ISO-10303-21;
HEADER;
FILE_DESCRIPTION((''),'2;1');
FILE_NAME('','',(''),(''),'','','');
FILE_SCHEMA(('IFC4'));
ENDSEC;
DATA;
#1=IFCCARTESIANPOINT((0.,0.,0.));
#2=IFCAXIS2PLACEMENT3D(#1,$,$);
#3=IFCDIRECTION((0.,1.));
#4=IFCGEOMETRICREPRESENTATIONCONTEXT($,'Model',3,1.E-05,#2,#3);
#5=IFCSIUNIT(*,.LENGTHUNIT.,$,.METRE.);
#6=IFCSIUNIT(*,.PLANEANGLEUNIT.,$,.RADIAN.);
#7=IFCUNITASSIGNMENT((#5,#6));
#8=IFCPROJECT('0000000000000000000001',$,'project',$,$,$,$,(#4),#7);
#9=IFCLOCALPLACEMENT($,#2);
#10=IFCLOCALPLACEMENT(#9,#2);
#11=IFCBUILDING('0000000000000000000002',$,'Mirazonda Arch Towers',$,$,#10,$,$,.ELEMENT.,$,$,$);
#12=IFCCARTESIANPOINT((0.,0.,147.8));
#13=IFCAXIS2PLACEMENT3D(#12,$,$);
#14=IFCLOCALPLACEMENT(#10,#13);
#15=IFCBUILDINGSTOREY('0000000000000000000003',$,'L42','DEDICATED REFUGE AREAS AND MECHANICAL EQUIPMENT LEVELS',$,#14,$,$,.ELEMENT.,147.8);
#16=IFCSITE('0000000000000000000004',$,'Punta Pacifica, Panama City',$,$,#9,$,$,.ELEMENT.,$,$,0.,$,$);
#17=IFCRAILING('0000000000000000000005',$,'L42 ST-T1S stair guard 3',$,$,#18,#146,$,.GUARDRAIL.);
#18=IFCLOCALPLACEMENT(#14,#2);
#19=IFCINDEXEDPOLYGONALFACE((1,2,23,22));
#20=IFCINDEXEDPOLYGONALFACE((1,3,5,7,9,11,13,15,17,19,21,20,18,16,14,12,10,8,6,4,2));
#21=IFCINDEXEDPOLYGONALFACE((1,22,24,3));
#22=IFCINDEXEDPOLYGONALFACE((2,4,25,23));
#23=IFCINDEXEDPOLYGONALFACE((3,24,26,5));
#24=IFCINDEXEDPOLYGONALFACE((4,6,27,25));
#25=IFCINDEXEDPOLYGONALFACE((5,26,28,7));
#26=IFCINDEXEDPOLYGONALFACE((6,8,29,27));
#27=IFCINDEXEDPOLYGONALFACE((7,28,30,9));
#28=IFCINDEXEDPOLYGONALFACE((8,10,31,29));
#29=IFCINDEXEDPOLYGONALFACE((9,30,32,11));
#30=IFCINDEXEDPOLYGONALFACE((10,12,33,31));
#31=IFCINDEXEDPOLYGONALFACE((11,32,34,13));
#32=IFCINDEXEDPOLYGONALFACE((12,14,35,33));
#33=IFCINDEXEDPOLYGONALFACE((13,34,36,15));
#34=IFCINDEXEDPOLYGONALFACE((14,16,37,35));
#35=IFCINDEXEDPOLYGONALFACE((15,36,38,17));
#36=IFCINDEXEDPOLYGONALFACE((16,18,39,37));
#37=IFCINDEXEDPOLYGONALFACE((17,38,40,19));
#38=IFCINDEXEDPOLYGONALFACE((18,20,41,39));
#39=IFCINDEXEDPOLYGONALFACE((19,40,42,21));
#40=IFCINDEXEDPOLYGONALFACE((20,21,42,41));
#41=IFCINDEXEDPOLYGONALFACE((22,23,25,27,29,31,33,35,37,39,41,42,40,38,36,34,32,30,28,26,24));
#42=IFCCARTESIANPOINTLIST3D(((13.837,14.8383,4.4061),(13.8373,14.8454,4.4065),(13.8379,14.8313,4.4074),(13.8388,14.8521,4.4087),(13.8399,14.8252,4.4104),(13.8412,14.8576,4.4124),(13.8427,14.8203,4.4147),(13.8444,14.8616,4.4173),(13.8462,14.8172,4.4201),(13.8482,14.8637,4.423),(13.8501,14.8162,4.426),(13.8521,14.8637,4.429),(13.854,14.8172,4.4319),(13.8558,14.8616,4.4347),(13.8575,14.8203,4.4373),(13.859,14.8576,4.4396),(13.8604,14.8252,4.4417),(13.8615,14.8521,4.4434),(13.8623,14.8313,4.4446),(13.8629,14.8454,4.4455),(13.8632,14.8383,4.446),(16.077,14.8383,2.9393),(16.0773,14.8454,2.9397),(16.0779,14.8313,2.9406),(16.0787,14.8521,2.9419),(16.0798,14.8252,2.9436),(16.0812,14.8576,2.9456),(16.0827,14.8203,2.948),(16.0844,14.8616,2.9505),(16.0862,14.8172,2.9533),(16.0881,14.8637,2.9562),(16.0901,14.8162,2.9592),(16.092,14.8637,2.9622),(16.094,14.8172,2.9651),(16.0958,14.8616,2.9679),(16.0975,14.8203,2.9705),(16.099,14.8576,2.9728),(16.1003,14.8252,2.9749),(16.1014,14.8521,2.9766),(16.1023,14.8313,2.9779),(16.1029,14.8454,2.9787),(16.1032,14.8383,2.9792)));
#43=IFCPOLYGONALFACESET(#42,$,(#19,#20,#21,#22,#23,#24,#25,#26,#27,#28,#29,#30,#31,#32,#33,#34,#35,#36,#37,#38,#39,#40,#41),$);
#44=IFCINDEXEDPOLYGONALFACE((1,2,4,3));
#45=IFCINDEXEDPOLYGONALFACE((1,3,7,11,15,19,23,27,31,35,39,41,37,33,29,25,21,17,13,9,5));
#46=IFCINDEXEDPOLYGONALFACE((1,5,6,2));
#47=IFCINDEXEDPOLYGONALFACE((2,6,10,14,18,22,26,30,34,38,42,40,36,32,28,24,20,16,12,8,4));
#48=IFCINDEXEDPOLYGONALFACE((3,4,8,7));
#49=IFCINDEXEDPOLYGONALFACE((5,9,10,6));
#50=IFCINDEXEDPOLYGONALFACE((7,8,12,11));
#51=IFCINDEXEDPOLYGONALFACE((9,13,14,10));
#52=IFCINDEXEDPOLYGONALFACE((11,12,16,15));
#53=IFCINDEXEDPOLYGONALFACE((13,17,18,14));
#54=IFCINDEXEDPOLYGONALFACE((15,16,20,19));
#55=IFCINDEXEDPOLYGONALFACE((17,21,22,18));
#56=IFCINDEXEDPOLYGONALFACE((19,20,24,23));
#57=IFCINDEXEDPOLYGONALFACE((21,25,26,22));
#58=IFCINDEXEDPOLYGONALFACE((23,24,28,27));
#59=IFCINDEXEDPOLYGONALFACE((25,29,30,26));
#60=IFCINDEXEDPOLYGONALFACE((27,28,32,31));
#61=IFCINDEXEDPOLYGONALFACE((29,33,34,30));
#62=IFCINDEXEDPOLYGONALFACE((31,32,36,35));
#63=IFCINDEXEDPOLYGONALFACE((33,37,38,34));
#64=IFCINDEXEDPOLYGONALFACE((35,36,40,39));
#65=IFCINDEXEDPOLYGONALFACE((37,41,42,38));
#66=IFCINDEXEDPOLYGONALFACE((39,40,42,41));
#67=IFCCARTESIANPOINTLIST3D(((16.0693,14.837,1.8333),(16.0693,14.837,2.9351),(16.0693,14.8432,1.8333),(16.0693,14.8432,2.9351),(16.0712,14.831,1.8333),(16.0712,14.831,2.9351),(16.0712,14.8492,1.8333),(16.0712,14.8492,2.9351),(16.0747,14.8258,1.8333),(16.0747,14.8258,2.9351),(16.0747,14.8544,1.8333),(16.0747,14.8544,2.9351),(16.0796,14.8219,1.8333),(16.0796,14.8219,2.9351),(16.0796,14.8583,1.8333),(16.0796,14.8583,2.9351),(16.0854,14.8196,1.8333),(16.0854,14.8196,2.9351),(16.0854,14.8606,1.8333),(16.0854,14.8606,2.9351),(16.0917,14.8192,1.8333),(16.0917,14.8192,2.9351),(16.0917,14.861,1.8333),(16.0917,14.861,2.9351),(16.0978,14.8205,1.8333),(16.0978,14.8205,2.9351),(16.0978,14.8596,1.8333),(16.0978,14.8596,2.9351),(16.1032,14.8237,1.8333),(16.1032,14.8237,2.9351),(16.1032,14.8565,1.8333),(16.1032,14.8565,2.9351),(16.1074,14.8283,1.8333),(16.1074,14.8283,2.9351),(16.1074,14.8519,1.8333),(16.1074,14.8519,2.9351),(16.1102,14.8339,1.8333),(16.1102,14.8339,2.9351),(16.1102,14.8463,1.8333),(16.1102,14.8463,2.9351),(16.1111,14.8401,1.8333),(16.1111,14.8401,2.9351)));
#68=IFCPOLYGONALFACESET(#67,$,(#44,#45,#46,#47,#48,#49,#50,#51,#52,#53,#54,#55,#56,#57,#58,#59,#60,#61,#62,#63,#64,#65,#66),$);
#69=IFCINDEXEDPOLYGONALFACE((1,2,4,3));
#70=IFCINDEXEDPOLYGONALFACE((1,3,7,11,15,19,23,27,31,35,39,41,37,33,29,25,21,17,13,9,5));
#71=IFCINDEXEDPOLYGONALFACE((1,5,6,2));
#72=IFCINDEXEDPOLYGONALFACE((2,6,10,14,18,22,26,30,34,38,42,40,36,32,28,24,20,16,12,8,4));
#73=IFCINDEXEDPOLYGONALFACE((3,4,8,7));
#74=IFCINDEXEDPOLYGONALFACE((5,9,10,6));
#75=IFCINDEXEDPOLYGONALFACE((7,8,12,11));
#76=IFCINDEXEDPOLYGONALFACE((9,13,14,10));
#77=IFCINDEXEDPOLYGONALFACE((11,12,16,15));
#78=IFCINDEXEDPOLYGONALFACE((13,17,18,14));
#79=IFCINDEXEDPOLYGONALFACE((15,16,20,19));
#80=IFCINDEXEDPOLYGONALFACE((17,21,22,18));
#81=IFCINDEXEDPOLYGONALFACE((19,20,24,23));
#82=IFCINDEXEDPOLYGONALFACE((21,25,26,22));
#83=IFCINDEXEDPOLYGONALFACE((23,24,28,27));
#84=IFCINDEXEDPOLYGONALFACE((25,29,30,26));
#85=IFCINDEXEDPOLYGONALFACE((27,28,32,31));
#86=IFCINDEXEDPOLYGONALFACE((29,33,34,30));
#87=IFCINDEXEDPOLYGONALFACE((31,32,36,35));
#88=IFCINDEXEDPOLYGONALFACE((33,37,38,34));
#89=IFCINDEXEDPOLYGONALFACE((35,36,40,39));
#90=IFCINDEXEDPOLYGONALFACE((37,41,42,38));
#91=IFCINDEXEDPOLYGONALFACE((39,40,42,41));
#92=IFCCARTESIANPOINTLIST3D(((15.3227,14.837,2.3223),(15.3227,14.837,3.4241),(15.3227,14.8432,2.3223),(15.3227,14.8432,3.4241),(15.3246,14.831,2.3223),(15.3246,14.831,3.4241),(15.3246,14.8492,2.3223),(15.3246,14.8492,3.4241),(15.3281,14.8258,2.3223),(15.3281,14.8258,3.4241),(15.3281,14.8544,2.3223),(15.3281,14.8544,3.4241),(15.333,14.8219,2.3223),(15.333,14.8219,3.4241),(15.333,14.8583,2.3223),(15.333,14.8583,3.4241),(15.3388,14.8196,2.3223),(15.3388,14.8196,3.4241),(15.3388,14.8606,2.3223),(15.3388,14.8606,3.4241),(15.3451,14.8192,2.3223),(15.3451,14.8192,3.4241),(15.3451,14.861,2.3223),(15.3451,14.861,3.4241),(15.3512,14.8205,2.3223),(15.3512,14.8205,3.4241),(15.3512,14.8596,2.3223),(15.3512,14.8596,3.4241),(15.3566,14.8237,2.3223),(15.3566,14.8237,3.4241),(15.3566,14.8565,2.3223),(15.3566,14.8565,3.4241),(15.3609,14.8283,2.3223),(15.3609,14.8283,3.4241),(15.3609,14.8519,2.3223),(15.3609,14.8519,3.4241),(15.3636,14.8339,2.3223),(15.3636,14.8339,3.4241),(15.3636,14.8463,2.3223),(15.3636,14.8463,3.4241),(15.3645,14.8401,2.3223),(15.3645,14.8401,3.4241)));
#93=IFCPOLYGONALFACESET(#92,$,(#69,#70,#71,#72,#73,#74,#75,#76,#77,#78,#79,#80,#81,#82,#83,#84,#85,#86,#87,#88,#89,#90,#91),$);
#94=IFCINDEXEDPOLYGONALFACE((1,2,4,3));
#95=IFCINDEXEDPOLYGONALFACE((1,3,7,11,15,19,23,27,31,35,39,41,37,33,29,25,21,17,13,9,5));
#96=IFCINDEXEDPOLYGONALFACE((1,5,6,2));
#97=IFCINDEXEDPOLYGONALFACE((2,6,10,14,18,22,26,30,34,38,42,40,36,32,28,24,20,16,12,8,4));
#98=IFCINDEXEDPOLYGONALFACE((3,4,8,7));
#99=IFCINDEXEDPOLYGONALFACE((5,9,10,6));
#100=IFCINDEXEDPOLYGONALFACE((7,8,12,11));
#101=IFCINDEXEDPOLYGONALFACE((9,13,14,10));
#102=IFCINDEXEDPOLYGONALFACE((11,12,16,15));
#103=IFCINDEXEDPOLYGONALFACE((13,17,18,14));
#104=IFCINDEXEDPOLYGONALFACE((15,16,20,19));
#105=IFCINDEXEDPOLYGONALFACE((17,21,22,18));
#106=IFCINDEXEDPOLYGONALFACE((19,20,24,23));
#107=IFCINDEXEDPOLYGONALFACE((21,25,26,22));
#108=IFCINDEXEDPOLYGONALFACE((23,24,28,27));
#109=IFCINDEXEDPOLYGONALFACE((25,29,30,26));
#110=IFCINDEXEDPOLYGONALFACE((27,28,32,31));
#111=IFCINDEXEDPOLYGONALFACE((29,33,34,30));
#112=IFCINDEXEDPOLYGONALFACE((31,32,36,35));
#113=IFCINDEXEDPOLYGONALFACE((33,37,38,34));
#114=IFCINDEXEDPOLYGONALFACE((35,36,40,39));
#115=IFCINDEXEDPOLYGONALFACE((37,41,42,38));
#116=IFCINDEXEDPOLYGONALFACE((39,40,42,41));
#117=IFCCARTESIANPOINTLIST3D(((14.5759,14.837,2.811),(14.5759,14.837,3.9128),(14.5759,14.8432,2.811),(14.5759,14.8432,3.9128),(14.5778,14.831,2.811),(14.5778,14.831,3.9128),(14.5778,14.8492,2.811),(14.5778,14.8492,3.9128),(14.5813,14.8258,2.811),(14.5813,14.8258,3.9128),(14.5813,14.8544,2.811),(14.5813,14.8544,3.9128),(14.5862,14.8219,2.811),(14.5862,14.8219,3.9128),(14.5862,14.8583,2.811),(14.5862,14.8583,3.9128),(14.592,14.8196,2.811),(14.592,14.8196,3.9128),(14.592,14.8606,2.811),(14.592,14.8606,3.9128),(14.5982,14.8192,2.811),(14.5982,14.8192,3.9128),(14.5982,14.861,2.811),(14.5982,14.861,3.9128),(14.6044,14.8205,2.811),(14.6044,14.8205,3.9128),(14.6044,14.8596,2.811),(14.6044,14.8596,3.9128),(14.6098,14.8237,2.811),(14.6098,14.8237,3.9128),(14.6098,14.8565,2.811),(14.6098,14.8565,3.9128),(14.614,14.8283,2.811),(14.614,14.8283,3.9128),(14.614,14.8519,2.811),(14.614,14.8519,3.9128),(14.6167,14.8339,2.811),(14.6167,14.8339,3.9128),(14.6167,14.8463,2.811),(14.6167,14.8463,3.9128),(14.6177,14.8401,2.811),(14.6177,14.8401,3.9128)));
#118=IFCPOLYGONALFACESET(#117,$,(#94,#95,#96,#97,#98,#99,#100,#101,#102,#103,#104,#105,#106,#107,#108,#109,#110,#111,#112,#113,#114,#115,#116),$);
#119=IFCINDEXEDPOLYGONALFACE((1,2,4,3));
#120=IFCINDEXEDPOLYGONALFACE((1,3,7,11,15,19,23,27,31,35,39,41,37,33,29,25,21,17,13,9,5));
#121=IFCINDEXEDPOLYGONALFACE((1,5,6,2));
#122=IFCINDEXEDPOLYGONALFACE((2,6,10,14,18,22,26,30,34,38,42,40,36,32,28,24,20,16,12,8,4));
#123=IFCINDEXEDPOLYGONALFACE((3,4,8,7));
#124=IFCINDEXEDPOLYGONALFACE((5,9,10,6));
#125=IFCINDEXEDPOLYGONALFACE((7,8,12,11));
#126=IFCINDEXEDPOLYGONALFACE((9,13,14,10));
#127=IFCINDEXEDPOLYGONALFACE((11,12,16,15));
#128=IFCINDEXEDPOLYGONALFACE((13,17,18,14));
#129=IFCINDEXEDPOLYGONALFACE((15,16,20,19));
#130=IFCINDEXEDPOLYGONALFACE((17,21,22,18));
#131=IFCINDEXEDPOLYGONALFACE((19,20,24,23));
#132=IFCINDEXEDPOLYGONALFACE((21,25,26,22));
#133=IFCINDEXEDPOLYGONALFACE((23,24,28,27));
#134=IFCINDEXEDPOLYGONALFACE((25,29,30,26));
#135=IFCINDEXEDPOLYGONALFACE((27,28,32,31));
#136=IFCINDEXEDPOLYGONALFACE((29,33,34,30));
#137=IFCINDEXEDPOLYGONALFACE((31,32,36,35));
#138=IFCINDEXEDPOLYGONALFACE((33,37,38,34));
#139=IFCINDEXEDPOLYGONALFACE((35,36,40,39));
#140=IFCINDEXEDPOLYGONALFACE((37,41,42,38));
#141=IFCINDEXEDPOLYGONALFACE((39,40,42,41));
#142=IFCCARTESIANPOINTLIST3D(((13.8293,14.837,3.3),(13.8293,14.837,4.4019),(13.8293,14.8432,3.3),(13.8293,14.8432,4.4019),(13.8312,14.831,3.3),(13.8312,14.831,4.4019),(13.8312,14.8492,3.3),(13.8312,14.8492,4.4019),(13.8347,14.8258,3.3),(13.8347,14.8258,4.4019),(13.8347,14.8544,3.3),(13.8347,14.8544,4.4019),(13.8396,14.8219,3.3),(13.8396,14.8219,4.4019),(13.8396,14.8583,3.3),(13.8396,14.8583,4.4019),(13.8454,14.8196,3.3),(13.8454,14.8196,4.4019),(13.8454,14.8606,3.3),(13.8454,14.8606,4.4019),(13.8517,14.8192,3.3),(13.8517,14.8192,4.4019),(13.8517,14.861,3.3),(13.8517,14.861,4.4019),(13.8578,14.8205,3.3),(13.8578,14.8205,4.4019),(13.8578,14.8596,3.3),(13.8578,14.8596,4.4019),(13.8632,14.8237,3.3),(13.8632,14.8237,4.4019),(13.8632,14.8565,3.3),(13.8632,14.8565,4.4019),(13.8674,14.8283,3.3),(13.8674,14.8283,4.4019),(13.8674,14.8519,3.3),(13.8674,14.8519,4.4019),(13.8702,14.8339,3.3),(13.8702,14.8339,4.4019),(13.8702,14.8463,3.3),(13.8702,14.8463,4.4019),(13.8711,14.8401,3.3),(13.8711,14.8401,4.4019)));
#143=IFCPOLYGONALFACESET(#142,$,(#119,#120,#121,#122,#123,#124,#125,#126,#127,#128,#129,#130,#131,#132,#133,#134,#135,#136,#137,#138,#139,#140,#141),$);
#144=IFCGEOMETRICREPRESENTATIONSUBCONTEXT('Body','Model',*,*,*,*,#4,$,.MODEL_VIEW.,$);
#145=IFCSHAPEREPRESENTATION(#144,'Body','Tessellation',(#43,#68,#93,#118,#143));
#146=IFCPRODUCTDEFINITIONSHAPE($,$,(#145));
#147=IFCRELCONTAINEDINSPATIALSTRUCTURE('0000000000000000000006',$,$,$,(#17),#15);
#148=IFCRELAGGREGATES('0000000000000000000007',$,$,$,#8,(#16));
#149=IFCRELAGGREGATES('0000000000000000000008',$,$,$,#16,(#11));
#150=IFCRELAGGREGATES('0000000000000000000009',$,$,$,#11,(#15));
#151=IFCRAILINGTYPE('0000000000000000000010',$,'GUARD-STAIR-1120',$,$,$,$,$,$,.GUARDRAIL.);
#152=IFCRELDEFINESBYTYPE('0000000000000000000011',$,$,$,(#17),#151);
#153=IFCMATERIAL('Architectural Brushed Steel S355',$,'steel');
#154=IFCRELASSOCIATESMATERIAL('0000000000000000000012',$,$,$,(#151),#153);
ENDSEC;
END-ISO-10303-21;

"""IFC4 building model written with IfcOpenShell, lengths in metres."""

from ifc_helpers import new_model, si_unit, direction, frame, origin, origin_2d, place, context, subcontext, project, spatial, circle, extrude, material, type_object, element, save


model = new_model("IFC4")

# Units and contexts
model_context = context("Model", 3, precision=1e-05, world=origin(), true_north=direction((0.0, 1.0)))
body_context = subcontext(model_context, "Body", "Model", "MODEL_VIEW")
ifc_project = project(units=[si_unit("LENGTHUNIT", "METRE"), si_unit("PLANEANGLEUNIT", "RADIAN")], contexts=[model_context])

# Site, building, storey
site_placement = place(None, origin())
site = spatial("IfcSite", under=ifc_project, at=site_placement, Name="Punta Pacifica, Panama City", CompositionType="ELEMENT", RefElevation=0.0)
building_placement = place(site_placement, origin())
building = spatial("IfcBuilding", under=site, at=building_placement, Name="Mirazonda Arch Towers", CompositionType="ELEMENT")
storey_placement = place(building_placement, frame((0.0, 0.0, 147.8)))
storey = spatial("IfcBuildingStorey", under=building, at=storey_placement, Name="L42", Description="DEDICATED REFUGE AREAS AND MECHANICAL EQUIPMENT LEVELS", CompositionType="ELEMENT", Elevation=147.8)

# Shared definitions
ifc_material_1 = material(Name="Architectural Brushed Steel S355", Category="steel")

# Railing
railing_type_1 = type_object("IfcRailingType", Name="GUARD-STAIR-1120", PredefinedType="GUARDRAIL", material=ifc_material_1)
railing_1_placement = place(storey_placement, frame((16.0901, 14.8401, 1.8333)))
element("IfcRailing", 1, at=railing_1_placement, inside=storey, type_object=railing_type_1, Name="L42 ST-T1S stair guard 3", PredefinedType="GUARDRAIL", context=body_context, shape_type="SweptSolid", body=[
    extrude(circle(Radius=0.0239, at=origin_2d()), frame((0.0, 0.0, 1.126), z_axis=(-0.836595, 0.0, 0.547822), x_axis=(0.0, -1.0, 0.0)), (0.0, 0.0, 1.0), 2.6775),
    extrude(circle(Radius=0.021, at=origin_2d()), origin(), (0.0, 0.0, 1.0), 1.1018),
    extrude(circle(Radius=0.021, at=origin_2d()), frame((-0.7466, 0.0, 0.489)), (0.0, 0.0, 1.0), 1.1018),
    extrude(circle(Radius=0.021, at=origin_2d()), frame((-1.4934, 0.0, 0.9778)), (0.0, 0.0, 1.0), 1.1018),
    extrude(circle(Radius=0.021, at=origin_2d()), frame((-2.24, 0.0, 1.4668)), (0.0, 0.0, 1.0), 1.1018),
])

save(model, "model.ifc")
